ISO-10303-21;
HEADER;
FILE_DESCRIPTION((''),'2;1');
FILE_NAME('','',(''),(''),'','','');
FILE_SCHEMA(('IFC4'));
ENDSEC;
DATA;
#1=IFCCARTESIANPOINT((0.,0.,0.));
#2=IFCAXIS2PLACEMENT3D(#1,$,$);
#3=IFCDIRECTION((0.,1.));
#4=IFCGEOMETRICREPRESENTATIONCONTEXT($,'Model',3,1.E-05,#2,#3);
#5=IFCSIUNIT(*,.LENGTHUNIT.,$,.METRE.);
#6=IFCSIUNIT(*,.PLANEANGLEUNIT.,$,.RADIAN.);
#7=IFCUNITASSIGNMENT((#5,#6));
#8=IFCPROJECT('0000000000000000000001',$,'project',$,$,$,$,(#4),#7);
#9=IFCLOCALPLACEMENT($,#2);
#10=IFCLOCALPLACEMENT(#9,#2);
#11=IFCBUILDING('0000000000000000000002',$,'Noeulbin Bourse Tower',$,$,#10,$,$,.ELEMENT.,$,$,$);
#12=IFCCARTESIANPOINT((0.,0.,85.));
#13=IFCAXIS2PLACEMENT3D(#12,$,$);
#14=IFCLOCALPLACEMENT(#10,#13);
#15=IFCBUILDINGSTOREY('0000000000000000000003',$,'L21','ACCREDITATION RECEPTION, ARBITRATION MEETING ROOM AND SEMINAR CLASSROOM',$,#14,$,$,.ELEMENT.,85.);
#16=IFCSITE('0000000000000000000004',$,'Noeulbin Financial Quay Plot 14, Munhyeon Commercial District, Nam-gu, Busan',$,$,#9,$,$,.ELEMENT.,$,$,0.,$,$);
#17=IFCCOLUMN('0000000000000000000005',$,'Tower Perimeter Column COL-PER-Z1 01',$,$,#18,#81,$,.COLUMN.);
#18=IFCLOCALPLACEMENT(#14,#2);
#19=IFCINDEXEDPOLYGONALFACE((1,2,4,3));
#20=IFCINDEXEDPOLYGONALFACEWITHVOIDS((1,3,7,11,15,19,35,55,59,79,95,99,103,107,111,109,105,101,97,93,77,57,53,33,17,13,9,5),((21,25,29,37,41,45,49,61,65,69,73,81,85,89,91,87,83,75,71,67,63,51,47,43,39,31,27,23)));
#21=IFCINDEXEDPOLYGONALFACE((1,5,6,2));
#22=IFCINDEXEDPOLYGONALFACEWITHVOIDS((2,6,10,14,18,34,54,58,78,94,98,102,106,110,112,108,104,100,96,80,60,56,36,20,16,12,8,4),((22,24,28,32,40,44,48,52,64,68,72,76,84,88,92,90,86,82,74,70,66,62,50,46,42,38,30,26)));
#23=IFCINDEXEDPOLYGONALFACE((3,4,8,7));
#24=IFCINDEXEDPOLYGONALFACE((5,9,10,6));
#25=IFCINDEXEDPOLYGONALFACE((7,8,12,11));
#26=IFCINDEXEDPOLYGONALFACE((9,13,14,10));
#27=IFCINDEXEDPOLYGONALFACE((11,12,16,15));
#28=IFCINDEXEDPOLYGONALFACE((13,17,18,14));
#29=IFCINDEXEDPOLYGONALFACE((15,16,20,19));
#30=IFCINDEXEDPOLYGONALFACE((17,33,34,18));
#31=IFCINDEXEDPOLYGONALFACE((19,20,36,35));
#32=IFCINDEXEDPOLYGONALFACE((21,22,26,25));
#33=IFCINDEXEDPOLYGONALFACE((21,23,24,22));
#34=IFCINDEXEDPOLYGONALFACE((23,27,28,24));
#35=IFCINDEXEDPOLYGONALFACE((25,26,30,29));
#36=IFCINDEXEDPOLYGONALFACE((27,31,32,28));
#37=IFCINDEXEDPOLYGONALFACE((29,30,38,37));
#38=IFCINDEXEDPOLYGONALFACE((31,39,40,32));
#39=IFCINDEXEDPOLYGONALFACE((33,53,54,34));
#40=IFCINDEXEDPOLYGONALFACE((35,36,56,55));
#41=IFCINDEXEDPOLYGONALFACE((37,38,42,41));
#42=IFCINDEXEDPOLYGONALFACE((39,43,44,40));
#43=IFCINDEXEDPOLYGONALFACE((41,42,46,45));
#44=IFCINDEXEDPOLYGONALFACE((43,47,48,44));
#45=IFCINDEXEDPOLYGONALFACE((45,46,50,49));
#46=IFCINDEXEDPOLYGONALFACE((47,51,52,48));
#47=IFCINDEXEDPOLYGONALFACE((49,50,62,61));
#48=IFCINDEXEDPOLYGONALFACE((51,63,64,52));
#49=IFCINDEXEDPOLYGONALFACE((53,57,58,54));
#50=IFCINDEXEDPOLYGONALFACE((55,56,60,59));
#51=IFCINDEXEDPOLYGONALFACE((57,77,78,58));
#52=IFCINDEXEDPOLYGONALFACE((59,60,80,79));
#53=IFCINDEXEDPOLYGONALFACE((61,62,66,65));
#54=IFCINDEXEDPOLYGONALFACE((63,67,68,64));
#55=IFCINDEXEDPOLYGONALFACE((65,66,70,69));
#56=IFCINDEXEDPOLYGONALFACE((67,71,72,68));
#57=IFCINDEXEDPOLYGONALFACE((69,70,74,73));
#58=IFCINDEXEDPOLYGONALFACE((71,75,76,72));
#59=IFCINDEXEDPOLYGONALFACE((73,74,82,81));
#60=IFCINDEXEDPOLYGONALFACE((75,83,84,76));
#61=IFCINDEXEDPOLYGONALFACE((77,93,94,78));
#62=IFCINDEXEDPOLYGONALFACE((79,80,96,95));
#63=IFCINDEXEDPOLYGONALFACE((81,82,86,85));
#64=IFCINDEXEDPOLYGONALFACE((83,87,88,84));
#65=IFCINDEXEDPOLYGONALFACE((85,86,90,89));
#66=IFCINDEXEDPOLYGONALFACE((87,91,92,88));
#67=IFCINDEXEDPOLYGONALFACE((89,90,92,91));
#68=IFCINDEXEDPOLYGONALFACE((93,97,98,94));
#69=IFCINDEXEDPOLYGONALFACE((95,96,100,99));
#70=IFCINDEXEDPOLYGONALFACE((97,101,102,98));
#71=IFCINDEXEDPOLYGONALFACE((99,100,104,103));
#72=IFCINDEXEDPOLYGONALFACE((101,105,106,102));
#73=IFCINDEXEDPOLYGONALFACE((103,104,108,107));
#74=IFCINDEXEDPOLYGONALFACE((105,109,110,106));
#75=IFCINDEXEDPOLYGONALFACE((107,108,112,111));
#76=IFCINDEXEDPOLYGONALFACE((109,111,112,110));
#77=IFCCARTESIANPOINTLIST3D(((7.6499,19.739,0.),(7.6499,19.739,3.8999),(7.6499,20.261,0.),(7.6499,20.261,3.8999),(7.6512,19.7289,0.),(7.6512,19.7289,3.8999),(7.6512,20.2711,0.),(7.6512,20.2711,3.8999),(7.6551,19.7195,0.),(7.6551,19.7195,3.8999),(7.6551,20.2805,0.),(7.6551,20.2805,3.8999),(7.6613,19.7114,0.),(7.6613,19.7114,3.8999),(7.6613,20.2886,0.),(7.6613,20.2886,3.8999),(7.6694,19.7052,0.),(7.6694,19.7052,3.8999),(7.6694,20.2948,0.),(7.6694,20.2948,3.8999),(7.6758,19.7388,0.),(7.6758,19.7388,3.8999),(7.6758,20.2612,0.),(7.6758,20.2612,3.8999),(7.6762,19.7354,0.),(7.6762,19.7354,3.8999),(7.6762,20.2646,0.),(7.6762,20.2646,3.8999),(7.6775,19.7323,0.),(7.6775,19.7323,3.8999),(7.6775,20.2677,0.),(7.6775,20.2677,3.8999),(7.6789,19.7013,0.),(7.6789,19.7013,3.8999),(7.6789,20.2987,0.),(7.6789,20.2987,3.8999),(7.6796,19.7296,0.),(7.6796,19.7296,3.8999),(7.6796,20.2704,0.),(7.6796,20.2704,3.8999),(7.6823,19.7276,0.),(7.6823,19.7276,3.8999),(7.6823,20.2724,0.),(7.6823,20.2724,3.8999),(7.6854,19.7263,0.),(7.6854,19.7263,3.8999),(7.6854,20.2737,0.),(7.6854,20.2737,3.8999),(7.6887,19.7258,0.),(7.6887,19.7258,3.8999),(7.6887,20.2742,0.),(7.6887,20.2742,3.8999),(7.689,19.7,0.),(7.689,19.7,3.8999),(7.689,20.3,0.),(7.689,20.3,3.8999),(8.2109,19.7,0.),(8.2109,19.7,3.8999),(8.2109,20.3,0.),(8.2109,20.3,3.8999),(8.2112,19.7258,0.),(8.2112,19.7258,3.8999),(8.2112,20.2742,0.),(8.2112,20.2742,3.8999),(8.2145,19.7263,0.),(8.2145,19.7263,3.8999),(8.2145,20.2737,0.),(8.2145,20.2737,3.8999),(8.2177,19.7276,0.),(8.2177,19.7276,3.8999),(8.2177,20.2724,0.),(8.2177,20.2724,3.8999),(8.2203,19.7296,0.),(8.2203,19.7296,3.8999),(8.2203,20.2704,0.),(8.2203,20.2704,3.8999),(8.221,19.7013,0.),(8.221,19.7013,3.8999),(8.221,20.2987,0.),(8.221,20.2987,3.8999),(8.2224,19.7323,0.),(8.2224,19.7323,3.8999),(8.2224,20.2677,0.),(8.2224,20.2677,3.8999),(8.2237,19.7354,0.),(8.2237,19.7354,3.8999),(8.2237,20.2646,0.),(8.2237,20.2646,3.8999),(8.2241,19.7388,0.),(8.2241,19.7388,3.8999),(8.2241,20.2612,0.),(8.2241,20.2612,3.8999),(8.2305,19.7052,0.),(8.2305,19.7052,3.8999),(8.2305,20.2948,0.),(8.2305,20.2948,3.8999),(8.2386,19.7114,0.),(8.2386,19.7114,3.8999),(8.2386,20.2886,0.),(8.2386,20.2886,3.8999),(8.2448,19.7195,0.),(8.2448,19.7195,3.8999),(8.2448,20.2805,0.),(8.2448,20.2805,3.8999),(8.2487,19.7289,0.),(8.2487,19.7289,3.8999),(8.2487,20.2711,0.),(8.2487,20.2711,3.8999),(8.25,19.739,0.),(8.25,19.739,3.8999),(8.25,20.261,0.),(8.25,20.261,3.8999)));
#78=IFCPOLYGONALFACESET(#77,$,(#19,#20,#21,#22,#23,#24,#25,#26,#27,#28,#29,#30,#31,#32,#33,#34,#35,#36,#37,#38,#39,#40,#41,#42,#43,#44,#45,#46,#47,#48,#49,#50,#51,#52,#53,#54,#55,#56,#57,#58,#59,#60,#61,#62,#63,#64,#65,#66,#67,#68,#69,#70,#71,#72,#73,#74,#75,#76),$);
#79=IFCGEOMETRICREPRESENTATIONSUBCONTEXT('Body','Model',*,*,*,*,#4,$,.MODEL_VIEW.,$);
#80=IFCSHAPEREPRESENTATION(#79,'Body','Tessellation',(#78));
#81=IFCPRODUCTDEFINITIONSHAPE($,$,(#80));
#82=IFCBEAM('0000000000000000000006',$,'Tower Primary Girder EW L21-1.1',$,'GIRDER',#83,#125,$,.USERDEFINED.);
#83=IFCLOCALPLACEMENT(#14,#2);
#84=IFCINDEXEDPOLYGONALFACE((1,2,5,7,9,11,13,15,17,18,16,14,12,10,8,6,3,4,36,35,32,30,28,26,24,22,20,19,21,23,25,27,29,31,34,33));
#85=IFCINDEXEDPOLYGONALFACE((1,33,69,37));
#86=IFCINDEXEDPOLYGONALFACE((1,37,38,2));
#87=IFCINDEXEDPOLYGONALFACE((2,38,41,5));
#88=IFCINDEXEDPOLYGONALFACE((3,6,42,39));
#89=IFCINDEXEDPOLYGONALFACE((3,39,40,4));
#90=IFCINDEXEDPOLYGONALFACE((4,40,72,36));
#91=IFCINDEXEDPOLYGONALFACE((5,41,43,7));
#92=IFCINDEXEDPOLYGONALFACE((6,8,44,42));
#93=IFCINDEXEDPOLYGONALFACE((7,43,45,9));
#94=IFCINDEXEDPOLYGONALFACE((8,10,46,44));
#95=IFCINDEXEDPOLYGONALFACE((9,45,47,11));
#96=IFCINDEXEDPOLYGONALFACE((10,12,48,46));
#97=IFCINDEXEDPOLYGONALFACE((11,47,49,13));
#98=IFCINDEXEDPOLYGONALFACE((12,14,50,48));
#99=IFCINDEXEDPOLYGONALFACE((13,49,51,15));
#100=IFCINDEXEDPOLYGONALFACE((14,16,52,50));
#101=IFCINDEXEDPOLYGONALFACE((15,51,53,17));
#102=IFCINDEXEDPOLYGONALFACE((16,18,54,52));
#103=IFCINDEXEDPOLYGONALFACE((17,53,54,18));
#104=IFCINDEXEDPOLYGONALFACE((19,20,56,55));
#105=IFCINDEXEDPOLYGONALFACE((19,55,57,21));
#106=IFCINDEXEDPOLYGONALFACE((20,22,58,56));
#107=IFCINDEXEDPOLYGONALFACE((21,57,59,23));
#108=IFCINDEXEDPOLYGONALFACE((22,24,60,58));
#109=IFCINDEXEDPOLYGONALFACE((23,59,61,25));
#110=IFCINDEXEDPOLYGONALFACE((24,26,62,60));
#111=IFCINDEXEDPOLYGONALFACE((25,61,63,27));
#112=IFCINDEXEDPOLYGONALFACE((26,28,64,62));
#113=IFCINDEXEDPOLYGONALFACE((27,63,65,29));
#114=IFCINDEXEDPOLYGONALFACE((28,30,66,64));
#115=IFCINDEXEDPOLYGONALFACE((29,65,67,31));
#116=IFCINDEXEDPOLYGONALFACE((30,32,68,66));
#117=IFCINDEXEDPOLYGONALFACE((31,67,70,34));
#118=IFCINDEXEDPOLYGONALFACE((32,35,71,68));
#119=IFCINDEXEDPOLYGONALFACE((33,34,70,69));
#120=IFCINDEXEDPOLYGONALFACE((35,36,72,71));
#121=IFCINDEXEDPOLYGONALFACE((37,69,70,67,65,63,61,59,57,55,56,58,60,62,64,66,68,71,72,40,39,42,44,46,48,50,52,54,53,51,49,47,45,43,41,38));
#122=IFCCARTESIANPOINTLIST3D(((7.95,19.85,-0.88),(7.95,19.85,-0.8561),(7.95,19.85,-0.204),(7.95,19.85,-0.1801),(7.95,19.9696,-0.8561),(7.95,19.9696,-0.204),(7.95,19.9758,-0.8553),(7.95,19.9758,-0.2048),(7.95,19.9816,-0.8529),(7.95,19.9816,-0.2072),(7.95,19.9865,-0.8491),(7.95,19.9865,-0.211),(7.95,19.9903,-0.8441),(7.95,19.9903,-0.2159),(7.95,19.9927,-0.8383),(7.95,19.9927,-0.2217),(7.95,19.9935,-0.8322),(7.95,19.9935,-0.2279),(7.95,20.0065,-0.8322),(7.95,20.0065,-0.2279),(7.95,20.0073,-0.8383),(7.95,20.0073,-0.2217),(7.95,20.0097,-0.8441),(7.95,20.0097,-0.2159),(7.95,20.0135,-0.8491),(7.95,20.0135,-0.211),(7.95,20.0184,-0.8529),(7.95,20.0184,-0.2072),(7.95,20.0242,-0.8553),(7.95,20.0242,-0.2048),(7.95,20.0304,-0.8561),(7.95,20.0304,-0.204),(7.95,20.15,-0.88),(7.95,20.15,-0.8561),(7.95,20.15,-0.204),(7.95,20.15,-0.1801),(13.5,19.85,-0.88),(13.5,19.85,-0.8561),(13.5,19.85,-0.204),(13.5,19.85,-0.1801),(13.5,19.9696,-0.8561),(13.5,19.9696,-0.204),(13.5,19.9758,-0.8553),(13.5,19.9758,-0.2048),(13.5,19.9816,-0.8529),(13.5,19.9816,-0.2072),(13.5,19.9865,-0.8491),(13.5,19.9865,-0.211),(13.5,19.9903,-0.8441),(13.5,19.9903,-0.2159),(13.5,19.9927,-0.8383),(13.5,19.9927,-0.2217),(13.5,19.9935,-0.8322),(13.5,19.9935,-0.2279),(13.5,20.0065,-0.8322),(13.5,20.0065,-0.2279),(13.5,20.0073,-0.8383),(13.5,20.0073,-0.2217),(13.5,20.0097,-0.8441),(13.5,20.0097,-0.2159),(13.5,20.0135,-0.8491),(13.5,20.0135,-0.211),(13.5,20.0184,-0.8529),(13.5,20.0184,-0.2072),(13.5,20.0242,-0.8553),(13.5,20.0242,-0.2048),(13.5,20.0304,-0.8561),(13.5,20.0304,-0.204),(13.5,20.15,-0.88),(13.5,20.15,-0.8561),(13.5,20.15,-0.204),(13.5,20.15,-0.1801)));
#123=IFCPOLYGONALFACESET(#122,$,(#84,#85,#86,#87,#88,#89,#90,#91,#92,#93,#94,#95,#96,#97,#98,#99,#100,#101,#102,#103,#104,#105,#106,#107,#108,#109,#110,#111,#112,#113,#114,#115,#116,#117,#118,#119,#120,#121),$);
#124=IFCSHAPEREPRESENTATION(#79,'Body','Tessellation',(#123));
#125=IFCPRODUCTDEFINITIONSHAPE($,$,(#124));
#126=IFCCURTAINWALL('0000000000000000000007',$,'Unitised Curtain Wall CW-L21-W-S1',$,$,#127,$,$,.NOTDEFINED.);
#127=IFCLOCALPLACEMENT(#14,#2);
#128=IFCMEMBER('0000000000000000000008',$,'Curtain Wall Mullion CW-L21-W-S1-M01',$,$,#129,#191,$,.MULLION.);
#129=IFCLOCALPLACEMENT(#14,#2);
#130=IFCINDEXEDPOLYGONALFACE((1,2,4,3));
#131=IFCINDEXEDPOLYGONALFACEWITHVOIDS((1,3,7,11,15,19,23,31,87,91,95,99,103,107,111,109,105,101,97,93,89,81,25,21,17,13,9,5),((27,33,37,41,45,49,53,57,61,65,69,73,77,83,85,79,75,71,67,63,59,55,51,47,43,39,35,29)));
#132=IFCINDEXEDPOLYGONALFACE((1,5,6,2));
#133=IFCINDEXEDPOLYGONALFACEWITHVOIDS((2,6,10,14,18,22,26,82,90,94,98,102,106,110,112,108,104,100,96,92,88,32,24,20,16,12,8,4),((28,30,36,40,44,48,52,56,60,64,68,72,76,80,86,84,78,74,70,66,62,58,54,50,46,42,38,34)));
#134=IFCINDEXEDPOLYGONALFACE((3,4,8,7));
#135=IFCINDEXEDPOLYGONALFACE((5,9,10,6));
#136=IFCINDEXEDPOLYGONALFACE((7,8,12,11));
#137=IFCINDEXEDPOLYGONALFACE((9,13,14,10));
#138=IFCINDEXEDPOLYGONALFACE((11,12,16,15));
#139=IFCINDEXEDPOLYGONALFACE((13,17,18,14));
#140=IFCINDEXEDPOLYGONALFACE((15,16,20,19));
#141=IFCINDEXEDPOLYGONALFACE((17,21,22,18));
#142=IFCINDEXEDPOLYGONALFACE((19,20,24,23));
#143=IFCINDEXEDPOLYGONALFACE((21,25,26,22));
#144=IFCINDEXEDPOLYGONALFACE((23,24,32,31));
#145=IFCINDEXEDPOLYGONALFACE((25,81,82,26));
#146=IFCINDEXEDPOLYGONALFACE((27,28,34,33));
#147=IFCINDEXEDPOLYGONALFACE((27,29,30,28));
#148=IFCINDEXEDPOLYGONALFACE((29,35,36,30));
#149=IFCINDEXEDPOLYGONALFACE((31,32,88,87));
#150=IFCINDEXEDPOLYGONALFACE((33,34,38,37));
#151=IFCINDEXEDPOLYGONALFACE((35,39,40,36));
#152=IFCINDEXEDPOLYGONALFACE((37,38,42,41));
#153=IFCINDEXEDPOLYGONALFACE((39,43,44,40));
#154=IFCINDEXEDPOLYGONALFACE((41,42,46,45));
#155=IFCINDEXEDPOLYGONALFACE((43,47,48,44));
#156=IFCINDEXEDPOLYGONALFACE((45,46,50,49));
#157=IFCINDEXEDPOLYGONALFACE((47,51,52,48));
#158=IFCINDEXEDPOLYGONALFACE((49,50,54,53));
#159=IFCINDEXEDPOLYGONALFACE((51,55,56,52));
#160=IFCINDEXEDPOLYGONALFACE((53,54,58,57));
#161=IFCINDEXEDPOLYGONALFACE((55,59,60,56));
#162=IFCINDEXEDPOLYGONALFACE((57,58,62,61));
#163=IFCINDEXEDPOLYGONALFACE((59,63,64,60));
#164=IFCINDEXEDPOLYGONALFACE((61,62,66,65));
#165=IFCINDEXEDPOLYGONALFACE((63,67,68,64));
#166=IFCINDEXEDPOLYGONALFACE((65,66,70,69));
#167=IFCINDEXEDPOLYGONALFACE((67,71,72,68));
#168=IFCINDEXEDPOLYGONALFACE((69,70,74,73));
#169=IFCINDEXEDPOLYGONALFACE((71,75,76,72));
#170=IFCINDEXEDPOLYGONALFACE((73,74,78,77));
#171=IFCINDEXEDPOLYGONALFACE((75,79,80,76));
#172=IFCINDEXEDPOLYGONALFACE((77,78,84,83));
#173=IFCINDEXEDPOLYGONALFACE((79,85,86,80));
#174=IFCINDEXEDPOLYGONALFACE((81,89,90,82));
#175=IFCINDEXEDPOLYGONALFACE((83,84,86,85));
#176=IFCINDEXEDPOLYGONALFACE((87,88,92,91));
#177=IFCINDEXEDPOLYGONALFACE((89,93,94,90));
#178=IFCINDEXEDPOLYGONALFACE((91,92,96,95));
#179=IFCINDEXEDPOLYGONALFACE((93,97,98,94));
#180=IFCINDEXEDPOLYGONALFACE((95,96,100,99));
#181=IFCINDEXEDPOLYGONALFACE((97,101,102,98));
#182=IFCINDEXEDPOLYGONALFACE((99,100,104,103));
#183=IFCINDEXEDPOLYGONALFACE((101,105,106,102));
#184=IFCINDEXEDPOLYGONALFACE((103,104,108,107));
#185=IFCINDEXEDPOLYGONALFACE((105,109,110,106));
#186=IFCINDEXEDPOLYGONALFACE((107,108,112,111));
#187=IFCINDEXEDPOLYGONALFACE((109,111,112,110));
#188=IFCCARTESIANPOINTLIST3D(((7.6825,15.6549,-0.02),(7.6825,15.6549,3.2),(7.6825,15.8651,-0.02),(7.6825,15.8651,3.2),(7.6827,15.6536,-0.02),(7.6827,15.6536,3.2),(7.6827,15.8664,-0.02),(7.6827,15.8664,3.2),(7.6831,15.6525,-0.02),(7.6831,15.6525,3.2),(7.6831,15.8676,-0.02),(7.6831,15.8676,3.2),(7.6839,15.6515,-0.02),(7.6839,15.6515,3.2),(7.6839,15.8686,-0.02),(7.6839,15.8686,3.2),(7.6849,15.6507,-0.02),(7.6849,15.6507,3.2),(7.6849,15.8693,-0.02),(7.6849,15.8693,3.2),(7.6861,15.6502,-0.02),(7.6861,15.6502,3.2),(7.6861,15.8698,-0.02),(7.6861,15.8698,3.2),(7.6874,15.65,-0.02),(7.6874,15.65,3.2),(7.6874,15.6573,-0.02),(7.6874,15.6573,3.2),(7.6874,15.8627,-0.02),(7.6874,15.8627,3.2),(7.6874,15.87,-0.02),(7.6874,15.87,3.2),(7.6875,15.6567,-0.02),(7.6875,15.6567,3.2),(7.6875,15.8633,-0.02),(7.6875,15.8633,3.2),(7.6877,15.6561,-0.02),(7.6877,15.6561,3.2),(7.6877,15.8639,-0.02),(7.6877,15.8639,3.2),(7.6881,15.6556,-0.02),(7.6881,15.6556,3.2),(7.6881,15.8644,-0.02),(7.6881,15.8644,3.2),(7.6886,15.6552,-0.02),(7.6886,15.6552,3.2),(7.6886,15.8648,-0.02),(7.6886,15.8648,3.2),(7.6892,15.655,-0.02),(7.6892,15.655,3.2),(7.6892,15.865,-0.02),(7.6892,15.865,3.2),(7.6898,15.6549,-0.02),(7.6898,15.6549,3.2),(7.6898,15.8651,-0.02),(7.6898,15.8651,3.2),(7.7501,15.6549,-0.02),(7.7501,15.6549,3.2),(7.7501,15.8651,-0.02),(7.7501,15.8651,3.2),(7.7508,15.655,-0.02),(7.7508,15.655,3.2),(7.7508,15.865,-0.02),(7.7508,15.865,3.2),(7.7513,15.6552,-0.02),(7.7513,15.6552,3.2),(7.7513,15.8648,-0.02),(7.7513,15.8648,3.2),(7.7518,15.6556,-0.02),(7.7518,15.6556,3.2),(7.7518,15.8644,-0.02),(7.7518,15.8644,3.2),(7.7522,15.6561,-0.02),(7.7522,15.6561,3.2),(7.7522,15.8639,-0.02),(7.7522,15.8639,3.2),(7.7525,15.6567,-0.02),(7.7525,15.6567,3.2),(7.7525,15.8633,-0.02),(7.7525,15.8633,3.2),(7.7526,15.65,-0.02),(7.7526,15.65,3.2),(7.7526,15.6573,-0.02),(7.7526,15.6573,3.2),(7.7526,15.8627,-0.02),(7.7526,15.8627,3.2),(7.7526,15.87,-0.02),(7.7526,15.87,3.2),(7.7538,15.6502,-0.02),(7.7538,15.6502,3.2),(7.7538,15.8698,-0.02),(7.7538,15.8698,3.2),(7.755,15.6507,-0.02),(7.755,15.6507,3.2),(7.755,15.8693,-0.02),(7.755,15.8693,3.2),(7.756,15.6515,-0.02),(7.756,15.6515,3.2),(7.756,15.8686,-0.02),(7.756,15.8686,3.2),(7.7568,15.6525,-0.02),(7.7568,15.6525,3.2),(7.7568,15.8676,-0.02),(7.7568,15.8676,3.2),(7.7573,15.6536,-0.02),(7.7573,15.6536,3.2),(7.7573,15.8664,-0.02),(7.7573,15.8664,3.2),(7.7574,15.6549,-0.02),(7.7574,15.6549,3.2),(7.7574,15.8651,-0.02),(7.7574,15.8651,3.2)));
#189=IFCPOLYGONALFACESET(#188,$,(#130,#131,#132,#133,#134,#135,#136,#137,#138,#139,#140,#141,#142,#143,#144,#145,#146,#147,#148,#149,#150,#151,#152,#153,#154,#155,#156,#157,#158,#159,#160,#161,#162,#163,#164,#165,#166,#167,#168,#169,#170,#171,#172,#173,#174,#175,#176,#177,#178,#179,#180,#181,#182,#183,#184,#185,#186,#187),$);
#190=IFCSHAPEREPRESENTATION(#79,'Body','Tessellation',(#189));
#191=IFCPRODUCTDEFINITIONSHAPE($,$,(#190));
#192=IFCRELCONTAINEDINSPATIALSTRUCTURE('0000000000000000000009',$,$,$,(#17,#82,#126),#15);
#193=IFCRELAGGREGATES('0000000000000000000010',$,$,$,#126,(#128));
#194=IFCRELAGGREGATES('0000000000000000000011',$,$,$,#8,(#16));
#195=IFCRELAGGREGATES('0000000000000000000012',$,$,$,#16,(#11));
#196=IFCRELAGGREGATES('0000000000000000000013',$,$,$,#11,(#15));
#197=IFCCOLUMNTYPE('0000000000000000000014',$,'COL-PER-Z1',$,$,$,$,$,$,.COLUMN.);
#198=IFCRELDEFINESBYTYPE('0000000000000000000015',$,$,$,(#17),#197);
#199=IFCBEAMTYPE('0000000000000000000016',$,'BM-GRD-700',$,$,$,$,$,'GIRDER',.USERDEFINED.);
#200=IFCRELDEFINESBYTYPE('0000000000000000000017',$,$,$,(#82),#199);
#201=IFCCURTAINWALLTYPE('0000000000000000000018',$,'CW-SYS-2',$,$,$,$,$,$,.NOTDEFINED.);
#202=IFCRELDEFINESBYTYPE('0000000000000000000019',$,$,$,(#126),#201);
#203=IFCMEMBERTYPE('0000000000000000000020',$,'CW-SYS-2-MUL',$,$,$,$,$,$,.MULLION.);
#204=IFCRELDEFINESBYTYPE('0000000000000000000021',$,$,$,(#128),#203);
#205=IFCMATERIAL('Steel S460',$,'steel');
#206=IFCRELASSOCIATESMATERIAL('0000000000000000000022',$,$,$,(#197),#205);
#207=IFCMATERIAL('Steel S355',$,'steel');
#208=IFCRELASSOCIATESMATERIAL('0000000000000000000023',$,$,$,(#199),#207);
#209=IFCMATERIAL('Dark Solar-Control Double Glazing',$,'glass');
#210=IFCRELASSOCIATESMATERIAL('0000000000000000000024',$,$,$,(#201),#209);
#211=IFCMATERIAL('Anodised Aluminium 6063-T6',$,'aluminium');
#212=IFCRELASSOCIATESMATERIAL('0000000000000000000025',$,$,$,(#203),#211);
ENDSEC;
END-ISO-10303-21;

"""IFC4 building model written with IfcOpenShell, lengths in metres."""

from ifc_helpers import new_model, si_unit, direction, frame, origin, origin_2d, place, context, subcontext, project, spatial, hollow_rectangle, i_section, extrude, material, material_profile, profile_set, type_object, element, aggregate, save


model = new_model("IFC4")

# Units and contexts
model_context = context("Model", 3, precision=1e-05, world=origin(), true_north=direction((0.0, 1.0)))
body_context = subcontext(model_context, "Body", "Model", "MODEL_VIEW")
ifc_project = project(units=[si_unit("LENGTHUNIT", "METRE"), si_unit("PLANEANGLEUNIT", "RADIAN")], contexts=[model_context])

# Site, building, storey
site_placement = place(None, origin())
site = spatial("IfcSite", under=ifc_project, at=site_placement, Name="Noeulbin Financial Quay Plot 14, Munhyeon Commercial District, Nam-gu, Busan", CompositionType="ELEMENT", RefElevation=0.0)
building_placement = place(site_placement, origin())
building = spatial("IfcBuilding", under=site, at=building_placement, Name="Noeulbin Bourse Tower", CompositionType="ELEMENT")
storey_placement = place(building_placement, frame((0.0, 0.0, 85.0)))
storey = spatial("IfcBuildingStorey", under=building, at=storey_placement, Name="L21", Description="ACCREDITATION RECEPTION, ARBITRATION MEETING ROOM AND SEMINAR CLASSROOM", CompositionType="ELEMENT", Elevation=85.0)

# Column
ifc_material_1 = material(Name="Steel S460", Category="steel")
ifc_material_profile_1 = material_profile(ifc_material_1, hollow_rectangle(XDim=0.6001, YDim=0.6001, WallThickness=0.0259, InnerFilletRadius=0.0129, OuterFilletRadius=0.0391, at=origin_2d()), Name="BOX-600x600x26", Category="LoadBearing")
ifc_profile_set_1 = profile_set([ifc_material_profile_1], Name="Steel S460")
column_type = type_object("IfcColumnType", Name="COL-PER-Z1", PredefinedType="COLUMN", material=ifc_profile_set_1)
column_placement = place(storey_placement, frame((7.95, 20.0, 0.0), z_axis=(0.0, 0.0, 1.0), x_axis=(1.0, 0.0, 0.0)))
element("IfcColumn", 1, at=column_placement, inside=storey, type_object=column_type, Name="Tower Perimeter Column COL-PER-Z1 01", PredefinedType="COLUMN", context=body_context, shape_type="SweptSolid", body=[
    extrude(hollow_rectangle(XDim=0.6001, YDim=0.6001, WallThickness=0.0259, InnerFilletRadius=0.0129, OuterFilletRadius=0.0391, at=origin_2d()), origin(), (0.0, 0.0, 1.0), 3.8999),
])

# Beam
ifc_material_2 = material(Name="Steel S355", Category="steel")
ifc_material_profile_2 = material_profile(ifc_material_2, i_section(OverallWidth=0.3, OverallDepth=0.7, WebThickness=0.0129, FlangeThickness=0.0239, FilletRadius=0.0239, at=origin_2d()), Name="H-700x300x13x24", Category="LoadBearing")
ifc_profile_set_2 = profile_set([ifc_material_profile_2], Name="Steel S355")
beam_type = type_object("IfcBeamType", Name="BM-GRD-700", ElementType="GIRDER", PredefinedType="USERDEFINED", material=ifc_profile_set_2)
beam_placement = place(storey_placement, frame((7.95, 20.0, -0.53), z_axis=(1.0, 0.0, 0.0), x_axis=(0.0, 1.0, 0.0)))
element("IfcBeam", 2, at=beam_placement, inside=storey, type_object=beam_type, Name="Tower Primary Girder EW L21-1.1", ObjectType="GIRDER", PredefinedType="USERDEFINED", context=body_context, shape_type="SweptSolid", body=[
    extrude(i_section(OverallWidth=0.3, OverallDepth=0.7, WebThickness=0.0129, FlangeThickness=0.0239, FilletRadius=0.0239, at=origin_2d()), origin(), (0.0, 0.0, 1.0), 5.55),
])

# Curtain wall, member
ifc_material_3 = material(Name="Dark Solar-Control Double Glazing", Category="glass")
curtain_wall_type = type_object("IfcCurtainWallType", Name="CW-SYS-2", PredefinedType="NOTDEFINED", material=ifc_material_3)
curtain_wall_placement = place(storey_placement, origin())
curtain_wall = element("IfcCurtainWall", 3, at=curtain_wall_placement, inside=storey, type_object=curtain_wall_type, Name="Unitised Curtain Wall CW-L21-W-S1", PredefinedType="NOTDEFINED")
ifc_material_4 = material(Name="Anodised Aluminium 6063-T6", Category="aluminium")
ifc_material_profile_3 = material_profile(ifc_material_4, hollow_rectangle(XDim=0.075, YDim=0.22, WallThickness=0.0049, InnerFilletRadius=0.0024, OuterFilletRadius=0.0049, at=origin_2d()), Name="ALU-MULL-75x220x5", Category="LoadBearing")
ifc_profile_set_3 = profile_set([ifc_material_profile_3], Name="Anodised Aluminium 6063-T6")
member_type_1 = type_object("IfcMemberType", Name="CW-SYS-2-MUL", PredefinedType="MULLION", material=ifc_profile_set_3)
member_1_placement = place(storey_placement, frame((7.72, 15.76, -0.02), z_axis=(0.0, 0.0, 1.0), x_axis=(1.0, 0.0, 0.0)))
member_1 = element("IfcMember", 4, at=member_1_placement, type_object=member_type_1, Name="Curtain Wall Mullion CW-L21-W-S1-M01", PredefinedType="MULLION", context=body_context, shape_type="SweptSolid", body=[
    extrude(hollow_rectangle(XDim=0.075, YDim=0.22, WallThickness=0.0049, InnerFilletRadius=0.0024, OuterFilletRadius=0.0049, at=origin_2d()), origin(), (0.0, 0.0, 1.0), 3.22),
])
aggregate(curtain_wall, [member_1])

save(model, "model.ifc")
